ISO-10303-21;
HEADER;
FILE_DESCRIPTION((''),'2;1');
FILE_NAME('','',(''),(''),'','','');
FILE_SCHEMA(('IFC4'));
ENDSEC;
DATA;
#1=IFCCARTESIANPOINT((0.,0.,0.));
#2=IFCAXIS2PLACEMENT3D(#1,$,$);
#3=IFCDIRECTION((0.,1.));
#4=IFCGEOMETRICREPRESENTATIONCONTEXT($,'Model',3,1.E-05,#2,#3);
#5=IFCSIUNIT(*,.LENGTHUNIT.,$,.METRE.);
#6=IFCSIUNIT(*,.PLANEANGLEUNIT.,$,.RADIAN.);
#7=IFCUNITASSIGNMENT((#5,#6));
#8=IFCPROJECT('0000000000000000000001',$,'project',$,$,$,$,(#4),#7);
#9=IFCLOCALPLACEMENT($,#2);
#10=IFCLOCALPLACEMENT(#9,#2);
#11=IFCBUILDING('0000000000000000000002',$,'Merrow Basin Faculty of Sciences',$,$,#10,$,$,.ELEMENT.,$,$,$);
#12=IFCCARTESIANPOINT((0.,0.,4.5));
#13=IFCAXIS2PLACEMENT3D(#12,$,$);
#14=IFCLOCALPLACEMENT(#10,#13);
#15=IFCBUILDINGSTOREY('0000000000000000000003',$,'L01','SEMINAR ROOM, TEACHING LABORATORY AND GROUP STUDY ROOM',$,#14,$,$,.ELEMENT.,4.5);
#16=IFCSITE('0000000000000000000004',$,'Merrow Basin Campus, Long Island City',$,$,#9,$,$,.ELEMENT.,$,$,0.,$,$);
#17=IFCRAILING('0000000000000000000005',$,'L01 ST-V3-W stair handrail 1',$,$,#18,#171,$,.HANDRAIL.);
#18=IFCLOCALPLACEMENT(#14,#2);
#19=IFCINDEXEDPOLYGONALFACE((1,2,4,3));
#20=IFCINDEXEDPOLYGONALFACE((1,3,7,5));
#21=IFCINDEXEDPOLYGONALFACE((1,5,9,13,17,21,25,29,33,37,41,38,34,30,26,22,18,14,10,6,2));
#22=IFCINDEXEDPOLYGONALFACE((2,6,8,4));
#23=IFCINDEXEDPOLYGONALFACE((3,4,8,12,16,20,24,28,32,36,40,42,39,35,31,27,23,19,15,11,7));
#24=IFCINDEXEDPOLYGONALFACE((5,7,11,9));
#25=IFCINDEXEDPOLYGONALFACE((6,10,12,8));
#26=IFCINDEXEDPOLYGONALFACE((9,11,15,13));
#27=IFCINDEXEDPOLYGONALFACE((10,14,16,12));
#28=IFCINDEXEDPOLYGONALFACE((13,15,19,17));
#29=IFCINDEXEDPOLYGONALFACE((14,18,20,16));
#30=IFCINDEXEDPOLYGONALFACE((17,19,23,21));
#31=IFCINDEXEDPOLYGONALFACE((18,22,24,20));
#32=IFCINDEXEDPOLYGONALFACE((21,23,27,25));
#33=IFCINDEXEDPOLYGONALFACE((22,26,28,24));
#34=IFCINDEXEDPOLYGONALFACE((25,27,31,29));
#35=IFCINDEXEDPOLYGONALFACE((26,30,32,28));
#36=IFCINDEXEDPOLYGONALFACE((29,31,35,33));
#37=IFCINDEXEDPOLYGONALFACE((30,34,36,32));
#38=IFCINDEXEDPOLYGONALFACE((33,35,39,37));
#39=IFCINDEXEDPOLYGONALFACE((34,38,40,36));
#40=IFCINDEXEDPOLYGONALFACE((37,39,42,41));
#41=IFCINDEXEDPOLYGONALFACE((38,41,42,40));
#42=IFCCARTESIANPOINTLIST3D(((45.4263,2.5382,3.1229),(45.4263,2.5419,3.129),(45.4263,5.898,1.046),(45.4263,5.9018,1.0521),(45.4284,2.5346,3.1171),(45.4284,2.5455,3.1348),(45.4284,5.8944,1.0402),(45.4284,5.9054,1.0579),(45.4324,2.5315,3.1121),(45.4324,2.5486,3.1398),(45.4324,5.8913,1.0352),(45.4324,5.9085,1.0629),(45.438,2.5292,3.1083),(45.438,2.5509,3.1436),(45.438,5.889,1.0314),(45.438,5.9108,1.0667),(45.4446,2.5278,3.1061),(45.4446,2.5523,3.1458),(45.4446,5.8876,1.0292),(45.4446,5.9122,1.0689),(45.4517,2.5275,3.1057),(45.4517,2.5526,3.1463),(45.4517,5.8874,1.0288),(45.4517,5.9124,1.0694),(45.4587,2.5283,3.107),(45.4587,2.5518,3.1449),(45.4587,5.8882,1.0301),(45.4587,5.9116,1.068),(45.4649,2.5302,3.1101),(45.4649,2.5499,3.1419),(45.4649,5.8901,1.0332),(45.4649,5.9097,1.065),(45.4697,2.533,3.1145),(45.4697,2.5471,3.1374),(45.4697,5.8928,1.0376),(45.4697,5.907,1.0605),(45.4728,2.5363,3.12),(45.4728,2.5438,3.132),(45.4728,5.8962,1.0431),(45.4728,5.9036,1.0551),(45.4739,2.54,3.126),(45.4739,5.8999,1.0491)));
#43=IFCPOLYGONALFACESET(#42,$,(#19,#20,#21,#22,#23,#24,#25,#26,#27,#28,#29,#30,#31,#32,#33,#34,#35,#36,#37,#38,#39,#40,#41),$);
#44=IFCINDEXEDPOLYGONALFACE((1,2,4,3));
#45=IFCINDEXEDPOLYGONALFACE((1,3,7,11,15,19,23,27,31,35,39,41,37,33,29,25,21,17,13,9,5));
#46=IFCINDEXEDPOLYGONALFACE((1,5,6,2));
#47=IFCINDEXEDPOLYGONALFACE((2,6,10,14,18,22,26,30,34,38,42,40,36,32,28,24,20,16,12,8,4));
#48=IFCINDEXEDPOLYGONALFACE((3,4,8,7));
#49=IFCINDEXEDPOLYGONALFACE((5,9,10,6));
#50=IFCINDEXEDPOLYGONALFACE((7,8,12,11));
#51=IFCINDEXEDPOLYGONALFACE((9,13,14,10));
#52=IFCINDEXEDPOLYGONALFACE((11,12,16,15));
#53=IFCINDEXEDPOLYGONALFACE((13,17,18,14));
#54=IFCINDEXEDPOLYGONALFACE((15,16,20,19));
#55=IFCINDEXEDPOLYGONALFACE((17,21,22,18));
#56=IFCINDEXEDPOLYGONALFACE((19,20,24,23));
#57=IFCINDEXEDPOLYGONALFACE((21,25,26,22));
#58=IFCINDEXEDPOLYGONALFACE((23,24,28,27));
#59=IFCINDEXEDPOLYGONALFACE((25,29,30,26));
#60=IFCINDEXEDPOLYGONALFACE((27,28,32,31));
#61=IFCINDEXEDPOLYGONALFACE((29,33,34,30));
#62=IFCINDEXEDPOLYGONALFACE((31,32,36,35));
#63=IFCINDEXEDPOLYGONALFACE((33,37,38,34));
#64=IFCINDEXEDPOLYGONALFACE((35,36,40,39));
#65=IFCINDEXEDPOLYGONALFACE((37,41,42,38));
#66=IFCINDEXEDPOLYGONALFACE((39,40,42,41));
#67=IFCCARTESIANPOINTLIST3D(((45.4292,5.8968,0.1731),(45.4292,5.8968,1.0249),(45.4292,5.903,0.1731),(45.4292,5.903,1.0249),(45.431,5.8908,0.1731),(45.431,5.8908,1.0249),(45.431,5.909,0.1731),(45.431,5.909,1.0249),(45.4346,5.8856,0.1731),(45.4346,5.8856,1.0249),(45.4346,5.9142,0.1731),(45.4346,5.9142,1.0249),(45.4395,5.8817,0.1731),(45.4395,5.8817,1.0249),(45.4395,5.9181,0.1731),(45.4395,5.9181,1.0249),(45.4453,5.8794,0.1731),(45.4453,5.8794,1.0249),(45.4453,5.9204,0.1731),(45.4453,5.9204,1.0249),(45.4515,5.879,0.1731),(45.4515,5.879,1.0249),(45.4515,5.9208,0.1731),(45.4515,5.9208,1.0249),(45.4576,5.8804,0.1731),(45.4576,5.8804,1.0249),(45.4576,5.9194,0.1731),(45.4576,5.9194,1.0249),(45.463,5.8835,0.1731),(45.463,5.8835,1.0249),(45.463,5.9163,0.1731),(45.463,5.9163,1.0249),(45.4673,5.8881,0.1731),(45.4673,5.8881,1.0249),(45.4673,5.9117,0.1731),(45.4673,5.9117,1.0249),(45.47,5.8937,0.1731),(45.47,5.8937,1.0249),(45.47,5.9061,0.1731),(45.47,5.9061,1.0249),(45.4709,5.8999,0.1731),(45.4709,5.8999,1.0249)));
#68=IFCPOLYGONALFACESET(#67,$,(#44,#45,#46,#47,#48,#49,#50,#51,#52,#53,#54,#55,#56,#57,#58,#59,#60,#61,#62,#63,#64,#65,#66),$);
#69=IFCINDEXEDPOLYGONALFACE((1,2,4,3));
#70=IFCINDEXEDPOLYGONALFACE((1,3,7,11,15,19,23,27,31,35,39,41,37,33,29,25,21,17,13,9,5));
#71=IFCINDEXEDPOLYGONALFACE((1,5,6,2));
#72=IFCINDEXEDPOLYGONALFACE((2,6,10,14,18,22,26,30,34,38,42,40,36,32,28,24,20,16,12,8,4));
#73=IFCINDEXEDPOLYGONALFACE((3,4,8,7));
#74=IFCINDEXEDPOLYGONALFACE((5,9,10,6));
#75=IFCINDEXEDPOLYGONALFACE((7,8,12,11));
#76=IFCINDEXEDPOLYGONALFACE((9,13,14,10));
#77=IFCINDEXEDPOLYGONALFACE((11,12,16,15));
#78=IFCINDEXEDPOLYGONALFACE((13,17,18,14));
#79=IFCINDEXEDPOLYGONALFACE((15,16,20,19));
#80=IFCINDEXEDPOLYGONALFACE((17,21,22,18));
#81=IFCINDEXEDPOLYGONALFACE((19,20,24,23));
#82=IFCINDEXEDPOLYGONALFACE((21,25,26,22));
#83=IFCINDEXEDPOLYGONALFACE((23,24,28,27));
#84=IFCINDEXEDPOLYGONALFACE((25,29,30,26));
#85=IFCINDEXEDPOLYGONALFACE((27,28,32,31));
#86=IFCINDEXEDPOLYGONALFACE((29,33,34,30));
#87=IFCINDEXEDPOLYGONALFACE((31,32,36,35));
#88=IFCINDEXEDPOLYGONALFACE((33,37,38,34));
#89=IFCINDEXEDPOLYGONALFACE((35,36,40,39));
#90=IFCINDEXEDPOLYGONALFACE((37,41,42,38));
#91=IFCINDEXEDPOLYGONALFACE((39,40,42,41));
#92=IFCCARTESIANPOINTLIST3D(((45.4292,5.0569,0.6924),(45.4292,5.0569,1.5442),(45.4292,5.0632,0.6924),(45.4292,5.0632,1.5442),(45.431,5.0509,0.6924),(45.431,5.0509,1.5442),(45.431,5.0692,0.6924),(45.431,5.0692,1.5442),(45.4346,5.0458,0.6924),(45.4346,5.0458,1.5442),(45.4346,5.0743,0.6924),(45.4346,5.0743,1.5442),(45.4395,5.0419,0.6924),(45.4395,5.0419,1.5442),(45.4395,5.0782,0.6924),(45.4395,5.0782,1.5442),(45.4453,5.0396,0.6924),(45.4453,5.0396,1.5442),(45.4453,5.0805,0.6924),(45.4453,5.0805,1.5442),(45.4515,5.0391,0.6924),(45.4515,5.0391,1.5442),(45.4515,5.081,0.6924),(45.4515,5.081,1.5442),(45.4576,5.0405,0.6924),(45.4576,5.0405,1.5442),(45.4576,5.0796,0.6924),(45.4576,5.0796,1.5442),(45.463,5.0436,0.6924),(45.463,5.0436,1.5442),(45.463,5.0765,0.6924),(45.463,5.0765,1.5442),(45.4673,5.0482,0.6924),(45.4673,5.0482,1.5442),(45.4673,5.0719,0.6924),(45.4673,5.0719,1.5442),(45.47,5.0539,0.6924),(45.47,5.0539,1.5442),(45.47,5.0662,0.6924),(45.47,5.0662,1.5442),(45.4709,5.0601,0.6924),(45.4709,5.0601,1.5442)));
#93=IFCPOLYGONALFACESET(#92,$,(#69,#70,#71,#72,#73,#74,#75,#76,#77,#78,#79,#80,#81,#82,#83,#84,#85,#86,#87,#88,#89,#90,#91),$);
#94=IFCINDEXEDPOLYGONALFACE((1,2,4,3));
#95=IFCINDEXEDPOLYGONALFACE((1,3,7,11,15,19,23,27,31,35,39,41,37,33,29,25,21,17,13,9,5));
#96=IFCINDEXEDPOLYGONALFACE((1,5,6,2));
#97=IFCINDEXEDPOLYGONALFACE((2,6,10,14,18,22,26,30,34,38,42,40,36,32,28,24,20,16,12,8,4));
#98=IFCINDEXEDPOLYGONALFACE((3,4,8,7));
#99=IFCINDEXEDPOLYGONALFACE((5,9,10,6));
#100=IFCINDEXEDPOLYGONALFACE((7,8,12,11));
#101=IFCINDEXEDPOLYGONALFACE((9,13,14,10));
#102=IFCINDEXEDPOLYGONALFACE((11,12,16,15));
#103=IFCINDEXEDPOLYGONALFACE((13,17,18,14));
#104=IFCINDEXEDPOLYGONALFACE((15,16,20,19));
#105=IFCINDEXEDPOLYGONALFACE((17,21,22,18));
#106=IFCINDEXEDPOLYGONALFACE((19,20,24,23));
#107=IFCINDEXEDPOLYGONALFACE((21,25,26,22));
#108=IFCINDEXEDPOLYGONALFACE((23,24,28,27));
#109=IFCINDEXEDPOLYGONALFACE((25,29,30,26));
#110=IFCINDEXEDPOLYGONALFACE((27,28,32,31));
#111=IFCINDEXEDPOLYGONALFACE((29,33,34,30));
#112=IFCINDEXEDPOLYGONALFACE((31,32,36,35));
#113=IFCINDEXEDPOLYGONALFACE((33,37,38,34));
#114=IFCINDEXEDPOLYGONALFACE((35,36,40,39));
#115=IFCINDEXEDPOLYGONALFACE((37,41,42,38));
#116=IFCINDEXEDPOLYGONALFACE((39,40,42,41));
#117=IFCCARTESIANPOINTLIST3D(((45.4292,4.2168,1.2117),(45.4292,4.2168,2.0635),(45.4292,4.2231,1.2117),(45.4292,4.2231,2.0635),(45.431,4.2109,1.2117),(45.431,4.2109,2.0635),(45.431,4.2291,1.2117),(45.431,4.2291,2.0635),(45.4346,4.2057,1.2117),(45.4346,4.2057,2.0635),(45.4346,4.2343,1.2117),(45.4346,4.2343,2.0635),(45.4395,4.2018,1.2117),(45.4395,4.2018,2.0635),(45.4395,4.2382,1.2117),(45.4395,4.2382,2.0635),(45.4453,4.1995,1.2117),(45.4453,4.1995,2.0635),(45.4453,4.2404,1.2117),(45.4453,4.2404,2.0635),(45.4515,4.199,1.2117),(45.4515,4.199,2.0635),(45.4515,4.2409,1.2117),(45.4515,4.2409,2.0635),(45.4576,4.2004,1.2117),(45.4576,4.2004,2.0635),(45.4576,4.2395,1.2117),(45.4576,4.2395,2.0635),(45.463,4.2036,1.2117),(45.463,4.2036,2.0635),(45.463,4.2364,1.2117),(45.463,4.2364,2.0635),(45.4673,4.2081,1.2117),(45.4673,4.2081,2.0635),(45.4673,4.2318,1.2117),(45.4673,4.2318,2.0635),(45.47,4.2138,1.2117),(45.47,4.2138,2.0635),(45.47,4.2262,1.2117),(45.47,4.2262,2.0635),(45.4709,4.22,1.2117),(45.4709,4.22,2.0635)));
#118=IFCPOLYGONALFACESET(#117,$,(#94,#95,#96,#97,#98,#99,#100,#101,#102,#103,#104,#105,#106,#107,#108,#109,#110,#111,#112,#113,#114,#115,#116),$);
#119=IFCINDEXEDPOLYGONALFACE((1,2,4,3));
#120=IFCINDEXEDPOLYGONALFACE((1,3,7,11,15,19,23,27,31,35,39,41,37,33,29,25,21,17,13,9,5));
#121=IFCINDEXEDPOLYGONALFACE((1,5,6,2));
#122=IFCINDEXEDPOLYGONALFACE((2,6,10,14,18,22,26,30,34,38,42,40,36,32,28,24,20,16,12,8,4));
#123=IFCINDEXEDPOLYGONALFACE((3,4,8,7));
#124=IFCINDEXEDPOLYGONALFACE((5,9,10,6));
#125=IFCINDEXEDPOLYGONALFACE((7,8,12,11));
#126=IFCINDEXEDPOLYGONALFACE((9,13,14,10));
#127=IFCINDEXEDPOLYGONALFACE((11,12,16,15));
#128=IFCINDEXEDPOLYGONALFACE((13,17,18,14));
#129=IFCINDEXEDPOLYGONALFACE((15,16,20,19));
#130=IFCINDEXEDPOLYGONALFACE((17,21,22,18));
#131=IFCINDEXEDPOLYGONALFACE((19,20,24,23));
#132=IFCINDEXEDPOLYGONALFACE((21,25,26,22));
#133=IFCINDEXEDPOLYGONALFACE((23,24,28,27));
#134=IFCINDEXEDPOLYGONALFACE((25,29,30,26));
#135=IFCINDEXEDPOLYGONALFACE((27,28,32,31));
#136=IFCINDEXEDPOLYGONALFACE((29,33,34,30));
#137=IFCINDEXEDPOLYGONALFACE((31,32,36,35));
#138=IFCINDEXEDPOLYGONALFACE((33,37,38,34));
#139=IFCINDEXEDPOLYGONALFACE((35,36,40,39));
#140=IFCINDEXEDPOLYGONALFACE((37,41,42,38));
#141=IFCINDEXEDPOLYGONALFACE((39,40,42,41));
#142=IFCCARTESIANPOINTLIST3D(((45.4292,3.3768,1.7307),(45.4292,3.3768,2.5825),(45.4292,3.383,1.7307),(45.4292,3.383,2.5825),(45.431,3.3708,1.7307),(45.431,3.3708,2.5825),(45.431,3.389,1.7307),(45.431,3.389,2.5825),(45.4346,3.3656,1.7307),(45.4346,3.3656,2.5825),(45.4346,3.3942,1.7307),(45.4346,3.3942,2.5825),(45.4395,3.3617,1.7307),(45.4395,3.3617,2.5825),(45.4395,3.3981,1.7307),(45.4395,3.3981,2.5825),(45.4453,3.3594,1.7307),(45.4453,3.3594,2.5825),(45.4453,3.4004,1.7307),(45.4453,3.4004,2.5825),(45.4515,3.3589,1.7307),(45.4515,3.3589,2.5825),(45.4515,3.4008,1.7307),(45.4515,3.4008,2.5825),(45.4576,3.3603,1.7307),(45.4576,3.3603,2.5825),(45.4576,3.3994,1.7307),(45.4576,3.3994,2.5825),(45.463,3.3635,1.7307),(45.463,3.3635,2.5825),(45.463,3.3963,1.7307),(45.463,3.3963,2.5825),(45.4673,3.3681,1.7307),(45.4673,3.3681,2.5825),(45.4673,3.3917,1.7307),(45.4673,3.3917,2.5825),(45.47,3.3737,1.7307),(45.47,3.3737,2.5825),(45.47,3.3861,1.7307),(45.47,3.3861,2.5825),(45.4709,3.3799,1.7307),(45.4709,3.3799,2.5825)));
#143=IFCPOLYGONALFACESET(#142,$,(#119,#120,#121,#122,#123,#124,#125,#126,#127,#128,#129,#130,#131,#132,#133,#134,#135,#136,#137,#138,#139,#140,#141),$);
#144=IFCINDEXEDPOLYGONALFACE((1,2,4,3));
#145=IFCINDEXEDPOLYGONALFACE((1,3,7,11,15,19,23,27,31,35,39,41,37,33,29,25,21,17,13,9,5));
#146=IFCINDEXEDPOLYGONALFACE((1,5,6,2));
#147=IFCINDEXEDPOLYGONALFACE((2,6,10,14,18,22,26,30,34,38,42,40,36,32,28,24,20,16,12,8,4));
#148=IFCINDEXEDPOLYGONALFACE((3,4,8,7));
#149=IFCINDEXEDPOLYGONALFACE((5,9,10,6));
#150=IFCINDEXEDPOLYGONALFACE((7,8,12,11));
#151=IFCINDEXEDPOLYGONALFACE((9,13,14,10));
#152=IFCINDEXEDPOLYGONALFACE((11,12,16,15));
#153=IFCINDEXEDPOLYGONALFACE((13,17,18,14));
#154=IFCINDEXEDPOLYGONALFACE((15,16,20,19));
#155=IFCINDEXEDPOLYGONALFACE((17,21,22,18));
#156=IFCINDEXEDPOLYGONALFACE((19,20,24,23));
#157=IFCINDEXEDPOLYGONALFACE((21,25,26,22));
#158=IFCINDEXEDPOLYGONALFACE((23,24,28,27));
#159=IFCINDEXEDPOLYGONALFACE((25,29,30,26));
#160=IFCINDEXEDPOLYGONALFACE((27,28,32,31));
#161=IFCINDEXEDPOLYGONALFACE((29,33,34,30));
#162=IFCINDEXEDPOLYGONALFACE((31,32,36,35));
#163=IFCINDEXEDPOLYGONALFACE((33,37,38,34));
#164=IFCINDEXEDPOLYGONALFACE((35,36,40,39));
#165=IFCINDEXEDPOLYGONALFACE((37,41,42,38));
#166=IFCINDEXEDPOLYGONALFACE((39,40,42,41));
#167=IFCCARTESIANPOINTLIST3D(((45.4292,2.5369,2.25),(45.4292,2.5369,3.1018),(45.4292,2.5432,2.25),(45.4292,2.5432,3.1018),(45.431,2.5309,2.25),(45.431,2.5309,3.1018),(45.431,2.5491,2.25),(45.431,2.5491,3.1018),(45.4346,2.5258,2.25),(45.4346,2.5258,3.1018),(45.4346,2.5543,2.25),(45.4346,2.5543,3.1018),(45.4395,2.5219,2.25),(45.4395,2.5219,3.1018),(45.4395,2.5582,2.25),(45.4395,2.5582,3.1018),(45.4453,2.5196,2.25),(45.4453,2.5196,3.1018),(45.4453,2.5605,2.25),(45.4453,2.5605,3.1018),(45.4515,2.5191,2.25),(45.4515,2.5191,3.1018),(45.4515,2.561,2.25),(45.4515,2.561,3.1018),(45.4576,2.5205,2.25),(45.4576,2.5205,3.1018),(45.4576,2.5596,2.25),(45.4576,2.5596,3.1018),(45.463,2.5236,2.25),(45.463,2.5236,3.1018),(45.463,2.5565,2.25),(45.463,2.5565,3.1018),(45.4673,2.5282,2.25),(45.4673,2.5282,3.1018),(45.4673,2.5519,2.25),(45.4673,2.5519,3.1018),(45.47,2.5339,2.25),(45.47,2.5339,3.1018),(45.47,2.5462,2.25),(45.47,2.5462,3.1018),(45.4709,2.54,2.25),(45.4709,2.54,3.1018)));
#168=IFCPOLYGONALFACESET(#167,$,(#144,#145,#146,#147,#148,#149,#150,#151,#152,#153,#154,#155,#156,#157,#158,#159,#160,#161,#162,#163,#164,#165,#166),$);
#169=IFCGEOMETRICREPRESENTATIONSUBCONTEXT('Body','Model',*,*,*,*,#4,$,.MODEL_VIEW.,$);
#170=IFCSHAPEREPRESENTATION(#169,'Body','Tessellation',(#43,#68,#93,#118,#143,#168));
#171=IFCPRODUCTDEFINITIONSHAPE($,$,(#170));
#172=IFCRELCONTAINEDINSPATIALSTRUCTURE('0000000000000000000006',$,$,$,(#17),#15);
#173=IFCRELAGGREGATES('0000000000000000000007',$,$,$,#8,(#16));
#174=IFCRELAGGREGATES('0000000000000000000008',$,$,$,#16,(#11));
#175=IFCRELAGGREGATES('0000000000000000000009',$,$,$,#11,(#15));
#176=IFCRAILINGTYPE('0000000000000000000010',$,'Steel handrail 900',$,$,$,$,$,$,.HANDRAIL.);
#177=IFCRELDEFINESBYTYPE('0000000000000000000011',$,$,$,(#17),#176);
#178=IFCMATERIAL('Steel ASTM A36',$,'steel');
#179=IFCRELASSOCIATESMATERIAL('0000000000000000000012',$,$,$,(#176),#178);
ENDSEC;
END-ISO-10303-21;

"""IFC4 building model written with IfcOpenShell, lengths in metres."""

from ifc_helpers import new_model, si_unit, direction, frame, origin, origin_2d, place, context, subcontext, project, spatial, circle, extrude, material, type_object, element, save


model = new_model("IFC4")

# Units and contexts
model_context = context("Model", 3, precision=1e-05, world=origin(), true_north=direction((0.0, 1.0)))
body_context = subcontext(model_context, "Body", "Model", "MODEL_VIEW")
ifc_project = project(units=[si_unit("LENGTHUNIT", "METRE"), si_unit("PLANEANGLEUNIT", "RADIAN")], contexts=[model_context])

# Site, building, storey
site_placement = place(None, origin())
site = spatial("IfcSite", under=ifc_project, at=site_placement, Name="Merrow Basin Campus, Long Island City", CompositionType="ELEMENT", RefElevation=0.0)
building_placement = place(site_placement, origin())
building = spatial("IfcBuilding", under=site, at=building_placement, Name="Merrow Basin Faculty of Sciences", CompositionType="ELEMENT")
storey_placement = place(building_placement, frame((0.0, 0.0, 4.5)))
storey = spatial("IfcBuildingStorey", under=building, at=storey_placement, Name="L01", Description="SEMINAR ROOM, TEACHING LABORATORY AND GROUP STUDY ROOM", CompositionType="ELEMENT", Elevation=4.5)

# Railing
ifc_material_1 = material(Name="Steel ASTM A36", Category="steel")
railing_type_1 = type_object("IfcRailingType", Name="Steel handrail 900", PredefinedType="HANDRAIL", material=ifc_material_1)
railing_1_placement = place(storey_placement, frame((45.45, 5.8999, 0.1731)))
element("IfcRailing", 1, at=railing_1_placement, inside=storey, type_object=railing_type_1, Name="L01 ST-V3-W stair handrail 1", PredefinedType="HANDRAIL", context=body_context, shape_type="SweptSolid", body=[
    extrude(circle(Radius=0.0239, at=origin_2d()), frame((0.0, 0.0, 0.876), z_axis=(0.0, -0.850606, 0.525803), x_axis=(1.0, 0.0, 0.0)), (0.0, 0.0, 1.0), 3.95),
    extrude(circle(Radius=0.021, at=origin_2d()), origin(), (0.0, 0.0, 1.0), 0.8518),
    extrude(circle(Radius=0.021, at=origin_2d()), frame((0.0, -0.8398, 0.5193)), (0.0, 0.0, 1.0), 0.8518),
    extrude(circle(Radius=0.021, at=origin_2d()), frame((0.0, -1.6799, 1.0386)), (0.0, 0.0, 1.0), 0.8518),
    extrude(circle(Radius=0.021, at=origin_2d()), frame((0.0, -2.52, 1.5576)), (0.0, 0.0, 1.0), 0.8518),
    extrude(circle(Radius=0.021, at=origin_2d()), frame((0.0, -3.3599, 2.0769)), (0.0, 0.0, 1.0), 0.8518),
])

save(model, "model.ifc")
